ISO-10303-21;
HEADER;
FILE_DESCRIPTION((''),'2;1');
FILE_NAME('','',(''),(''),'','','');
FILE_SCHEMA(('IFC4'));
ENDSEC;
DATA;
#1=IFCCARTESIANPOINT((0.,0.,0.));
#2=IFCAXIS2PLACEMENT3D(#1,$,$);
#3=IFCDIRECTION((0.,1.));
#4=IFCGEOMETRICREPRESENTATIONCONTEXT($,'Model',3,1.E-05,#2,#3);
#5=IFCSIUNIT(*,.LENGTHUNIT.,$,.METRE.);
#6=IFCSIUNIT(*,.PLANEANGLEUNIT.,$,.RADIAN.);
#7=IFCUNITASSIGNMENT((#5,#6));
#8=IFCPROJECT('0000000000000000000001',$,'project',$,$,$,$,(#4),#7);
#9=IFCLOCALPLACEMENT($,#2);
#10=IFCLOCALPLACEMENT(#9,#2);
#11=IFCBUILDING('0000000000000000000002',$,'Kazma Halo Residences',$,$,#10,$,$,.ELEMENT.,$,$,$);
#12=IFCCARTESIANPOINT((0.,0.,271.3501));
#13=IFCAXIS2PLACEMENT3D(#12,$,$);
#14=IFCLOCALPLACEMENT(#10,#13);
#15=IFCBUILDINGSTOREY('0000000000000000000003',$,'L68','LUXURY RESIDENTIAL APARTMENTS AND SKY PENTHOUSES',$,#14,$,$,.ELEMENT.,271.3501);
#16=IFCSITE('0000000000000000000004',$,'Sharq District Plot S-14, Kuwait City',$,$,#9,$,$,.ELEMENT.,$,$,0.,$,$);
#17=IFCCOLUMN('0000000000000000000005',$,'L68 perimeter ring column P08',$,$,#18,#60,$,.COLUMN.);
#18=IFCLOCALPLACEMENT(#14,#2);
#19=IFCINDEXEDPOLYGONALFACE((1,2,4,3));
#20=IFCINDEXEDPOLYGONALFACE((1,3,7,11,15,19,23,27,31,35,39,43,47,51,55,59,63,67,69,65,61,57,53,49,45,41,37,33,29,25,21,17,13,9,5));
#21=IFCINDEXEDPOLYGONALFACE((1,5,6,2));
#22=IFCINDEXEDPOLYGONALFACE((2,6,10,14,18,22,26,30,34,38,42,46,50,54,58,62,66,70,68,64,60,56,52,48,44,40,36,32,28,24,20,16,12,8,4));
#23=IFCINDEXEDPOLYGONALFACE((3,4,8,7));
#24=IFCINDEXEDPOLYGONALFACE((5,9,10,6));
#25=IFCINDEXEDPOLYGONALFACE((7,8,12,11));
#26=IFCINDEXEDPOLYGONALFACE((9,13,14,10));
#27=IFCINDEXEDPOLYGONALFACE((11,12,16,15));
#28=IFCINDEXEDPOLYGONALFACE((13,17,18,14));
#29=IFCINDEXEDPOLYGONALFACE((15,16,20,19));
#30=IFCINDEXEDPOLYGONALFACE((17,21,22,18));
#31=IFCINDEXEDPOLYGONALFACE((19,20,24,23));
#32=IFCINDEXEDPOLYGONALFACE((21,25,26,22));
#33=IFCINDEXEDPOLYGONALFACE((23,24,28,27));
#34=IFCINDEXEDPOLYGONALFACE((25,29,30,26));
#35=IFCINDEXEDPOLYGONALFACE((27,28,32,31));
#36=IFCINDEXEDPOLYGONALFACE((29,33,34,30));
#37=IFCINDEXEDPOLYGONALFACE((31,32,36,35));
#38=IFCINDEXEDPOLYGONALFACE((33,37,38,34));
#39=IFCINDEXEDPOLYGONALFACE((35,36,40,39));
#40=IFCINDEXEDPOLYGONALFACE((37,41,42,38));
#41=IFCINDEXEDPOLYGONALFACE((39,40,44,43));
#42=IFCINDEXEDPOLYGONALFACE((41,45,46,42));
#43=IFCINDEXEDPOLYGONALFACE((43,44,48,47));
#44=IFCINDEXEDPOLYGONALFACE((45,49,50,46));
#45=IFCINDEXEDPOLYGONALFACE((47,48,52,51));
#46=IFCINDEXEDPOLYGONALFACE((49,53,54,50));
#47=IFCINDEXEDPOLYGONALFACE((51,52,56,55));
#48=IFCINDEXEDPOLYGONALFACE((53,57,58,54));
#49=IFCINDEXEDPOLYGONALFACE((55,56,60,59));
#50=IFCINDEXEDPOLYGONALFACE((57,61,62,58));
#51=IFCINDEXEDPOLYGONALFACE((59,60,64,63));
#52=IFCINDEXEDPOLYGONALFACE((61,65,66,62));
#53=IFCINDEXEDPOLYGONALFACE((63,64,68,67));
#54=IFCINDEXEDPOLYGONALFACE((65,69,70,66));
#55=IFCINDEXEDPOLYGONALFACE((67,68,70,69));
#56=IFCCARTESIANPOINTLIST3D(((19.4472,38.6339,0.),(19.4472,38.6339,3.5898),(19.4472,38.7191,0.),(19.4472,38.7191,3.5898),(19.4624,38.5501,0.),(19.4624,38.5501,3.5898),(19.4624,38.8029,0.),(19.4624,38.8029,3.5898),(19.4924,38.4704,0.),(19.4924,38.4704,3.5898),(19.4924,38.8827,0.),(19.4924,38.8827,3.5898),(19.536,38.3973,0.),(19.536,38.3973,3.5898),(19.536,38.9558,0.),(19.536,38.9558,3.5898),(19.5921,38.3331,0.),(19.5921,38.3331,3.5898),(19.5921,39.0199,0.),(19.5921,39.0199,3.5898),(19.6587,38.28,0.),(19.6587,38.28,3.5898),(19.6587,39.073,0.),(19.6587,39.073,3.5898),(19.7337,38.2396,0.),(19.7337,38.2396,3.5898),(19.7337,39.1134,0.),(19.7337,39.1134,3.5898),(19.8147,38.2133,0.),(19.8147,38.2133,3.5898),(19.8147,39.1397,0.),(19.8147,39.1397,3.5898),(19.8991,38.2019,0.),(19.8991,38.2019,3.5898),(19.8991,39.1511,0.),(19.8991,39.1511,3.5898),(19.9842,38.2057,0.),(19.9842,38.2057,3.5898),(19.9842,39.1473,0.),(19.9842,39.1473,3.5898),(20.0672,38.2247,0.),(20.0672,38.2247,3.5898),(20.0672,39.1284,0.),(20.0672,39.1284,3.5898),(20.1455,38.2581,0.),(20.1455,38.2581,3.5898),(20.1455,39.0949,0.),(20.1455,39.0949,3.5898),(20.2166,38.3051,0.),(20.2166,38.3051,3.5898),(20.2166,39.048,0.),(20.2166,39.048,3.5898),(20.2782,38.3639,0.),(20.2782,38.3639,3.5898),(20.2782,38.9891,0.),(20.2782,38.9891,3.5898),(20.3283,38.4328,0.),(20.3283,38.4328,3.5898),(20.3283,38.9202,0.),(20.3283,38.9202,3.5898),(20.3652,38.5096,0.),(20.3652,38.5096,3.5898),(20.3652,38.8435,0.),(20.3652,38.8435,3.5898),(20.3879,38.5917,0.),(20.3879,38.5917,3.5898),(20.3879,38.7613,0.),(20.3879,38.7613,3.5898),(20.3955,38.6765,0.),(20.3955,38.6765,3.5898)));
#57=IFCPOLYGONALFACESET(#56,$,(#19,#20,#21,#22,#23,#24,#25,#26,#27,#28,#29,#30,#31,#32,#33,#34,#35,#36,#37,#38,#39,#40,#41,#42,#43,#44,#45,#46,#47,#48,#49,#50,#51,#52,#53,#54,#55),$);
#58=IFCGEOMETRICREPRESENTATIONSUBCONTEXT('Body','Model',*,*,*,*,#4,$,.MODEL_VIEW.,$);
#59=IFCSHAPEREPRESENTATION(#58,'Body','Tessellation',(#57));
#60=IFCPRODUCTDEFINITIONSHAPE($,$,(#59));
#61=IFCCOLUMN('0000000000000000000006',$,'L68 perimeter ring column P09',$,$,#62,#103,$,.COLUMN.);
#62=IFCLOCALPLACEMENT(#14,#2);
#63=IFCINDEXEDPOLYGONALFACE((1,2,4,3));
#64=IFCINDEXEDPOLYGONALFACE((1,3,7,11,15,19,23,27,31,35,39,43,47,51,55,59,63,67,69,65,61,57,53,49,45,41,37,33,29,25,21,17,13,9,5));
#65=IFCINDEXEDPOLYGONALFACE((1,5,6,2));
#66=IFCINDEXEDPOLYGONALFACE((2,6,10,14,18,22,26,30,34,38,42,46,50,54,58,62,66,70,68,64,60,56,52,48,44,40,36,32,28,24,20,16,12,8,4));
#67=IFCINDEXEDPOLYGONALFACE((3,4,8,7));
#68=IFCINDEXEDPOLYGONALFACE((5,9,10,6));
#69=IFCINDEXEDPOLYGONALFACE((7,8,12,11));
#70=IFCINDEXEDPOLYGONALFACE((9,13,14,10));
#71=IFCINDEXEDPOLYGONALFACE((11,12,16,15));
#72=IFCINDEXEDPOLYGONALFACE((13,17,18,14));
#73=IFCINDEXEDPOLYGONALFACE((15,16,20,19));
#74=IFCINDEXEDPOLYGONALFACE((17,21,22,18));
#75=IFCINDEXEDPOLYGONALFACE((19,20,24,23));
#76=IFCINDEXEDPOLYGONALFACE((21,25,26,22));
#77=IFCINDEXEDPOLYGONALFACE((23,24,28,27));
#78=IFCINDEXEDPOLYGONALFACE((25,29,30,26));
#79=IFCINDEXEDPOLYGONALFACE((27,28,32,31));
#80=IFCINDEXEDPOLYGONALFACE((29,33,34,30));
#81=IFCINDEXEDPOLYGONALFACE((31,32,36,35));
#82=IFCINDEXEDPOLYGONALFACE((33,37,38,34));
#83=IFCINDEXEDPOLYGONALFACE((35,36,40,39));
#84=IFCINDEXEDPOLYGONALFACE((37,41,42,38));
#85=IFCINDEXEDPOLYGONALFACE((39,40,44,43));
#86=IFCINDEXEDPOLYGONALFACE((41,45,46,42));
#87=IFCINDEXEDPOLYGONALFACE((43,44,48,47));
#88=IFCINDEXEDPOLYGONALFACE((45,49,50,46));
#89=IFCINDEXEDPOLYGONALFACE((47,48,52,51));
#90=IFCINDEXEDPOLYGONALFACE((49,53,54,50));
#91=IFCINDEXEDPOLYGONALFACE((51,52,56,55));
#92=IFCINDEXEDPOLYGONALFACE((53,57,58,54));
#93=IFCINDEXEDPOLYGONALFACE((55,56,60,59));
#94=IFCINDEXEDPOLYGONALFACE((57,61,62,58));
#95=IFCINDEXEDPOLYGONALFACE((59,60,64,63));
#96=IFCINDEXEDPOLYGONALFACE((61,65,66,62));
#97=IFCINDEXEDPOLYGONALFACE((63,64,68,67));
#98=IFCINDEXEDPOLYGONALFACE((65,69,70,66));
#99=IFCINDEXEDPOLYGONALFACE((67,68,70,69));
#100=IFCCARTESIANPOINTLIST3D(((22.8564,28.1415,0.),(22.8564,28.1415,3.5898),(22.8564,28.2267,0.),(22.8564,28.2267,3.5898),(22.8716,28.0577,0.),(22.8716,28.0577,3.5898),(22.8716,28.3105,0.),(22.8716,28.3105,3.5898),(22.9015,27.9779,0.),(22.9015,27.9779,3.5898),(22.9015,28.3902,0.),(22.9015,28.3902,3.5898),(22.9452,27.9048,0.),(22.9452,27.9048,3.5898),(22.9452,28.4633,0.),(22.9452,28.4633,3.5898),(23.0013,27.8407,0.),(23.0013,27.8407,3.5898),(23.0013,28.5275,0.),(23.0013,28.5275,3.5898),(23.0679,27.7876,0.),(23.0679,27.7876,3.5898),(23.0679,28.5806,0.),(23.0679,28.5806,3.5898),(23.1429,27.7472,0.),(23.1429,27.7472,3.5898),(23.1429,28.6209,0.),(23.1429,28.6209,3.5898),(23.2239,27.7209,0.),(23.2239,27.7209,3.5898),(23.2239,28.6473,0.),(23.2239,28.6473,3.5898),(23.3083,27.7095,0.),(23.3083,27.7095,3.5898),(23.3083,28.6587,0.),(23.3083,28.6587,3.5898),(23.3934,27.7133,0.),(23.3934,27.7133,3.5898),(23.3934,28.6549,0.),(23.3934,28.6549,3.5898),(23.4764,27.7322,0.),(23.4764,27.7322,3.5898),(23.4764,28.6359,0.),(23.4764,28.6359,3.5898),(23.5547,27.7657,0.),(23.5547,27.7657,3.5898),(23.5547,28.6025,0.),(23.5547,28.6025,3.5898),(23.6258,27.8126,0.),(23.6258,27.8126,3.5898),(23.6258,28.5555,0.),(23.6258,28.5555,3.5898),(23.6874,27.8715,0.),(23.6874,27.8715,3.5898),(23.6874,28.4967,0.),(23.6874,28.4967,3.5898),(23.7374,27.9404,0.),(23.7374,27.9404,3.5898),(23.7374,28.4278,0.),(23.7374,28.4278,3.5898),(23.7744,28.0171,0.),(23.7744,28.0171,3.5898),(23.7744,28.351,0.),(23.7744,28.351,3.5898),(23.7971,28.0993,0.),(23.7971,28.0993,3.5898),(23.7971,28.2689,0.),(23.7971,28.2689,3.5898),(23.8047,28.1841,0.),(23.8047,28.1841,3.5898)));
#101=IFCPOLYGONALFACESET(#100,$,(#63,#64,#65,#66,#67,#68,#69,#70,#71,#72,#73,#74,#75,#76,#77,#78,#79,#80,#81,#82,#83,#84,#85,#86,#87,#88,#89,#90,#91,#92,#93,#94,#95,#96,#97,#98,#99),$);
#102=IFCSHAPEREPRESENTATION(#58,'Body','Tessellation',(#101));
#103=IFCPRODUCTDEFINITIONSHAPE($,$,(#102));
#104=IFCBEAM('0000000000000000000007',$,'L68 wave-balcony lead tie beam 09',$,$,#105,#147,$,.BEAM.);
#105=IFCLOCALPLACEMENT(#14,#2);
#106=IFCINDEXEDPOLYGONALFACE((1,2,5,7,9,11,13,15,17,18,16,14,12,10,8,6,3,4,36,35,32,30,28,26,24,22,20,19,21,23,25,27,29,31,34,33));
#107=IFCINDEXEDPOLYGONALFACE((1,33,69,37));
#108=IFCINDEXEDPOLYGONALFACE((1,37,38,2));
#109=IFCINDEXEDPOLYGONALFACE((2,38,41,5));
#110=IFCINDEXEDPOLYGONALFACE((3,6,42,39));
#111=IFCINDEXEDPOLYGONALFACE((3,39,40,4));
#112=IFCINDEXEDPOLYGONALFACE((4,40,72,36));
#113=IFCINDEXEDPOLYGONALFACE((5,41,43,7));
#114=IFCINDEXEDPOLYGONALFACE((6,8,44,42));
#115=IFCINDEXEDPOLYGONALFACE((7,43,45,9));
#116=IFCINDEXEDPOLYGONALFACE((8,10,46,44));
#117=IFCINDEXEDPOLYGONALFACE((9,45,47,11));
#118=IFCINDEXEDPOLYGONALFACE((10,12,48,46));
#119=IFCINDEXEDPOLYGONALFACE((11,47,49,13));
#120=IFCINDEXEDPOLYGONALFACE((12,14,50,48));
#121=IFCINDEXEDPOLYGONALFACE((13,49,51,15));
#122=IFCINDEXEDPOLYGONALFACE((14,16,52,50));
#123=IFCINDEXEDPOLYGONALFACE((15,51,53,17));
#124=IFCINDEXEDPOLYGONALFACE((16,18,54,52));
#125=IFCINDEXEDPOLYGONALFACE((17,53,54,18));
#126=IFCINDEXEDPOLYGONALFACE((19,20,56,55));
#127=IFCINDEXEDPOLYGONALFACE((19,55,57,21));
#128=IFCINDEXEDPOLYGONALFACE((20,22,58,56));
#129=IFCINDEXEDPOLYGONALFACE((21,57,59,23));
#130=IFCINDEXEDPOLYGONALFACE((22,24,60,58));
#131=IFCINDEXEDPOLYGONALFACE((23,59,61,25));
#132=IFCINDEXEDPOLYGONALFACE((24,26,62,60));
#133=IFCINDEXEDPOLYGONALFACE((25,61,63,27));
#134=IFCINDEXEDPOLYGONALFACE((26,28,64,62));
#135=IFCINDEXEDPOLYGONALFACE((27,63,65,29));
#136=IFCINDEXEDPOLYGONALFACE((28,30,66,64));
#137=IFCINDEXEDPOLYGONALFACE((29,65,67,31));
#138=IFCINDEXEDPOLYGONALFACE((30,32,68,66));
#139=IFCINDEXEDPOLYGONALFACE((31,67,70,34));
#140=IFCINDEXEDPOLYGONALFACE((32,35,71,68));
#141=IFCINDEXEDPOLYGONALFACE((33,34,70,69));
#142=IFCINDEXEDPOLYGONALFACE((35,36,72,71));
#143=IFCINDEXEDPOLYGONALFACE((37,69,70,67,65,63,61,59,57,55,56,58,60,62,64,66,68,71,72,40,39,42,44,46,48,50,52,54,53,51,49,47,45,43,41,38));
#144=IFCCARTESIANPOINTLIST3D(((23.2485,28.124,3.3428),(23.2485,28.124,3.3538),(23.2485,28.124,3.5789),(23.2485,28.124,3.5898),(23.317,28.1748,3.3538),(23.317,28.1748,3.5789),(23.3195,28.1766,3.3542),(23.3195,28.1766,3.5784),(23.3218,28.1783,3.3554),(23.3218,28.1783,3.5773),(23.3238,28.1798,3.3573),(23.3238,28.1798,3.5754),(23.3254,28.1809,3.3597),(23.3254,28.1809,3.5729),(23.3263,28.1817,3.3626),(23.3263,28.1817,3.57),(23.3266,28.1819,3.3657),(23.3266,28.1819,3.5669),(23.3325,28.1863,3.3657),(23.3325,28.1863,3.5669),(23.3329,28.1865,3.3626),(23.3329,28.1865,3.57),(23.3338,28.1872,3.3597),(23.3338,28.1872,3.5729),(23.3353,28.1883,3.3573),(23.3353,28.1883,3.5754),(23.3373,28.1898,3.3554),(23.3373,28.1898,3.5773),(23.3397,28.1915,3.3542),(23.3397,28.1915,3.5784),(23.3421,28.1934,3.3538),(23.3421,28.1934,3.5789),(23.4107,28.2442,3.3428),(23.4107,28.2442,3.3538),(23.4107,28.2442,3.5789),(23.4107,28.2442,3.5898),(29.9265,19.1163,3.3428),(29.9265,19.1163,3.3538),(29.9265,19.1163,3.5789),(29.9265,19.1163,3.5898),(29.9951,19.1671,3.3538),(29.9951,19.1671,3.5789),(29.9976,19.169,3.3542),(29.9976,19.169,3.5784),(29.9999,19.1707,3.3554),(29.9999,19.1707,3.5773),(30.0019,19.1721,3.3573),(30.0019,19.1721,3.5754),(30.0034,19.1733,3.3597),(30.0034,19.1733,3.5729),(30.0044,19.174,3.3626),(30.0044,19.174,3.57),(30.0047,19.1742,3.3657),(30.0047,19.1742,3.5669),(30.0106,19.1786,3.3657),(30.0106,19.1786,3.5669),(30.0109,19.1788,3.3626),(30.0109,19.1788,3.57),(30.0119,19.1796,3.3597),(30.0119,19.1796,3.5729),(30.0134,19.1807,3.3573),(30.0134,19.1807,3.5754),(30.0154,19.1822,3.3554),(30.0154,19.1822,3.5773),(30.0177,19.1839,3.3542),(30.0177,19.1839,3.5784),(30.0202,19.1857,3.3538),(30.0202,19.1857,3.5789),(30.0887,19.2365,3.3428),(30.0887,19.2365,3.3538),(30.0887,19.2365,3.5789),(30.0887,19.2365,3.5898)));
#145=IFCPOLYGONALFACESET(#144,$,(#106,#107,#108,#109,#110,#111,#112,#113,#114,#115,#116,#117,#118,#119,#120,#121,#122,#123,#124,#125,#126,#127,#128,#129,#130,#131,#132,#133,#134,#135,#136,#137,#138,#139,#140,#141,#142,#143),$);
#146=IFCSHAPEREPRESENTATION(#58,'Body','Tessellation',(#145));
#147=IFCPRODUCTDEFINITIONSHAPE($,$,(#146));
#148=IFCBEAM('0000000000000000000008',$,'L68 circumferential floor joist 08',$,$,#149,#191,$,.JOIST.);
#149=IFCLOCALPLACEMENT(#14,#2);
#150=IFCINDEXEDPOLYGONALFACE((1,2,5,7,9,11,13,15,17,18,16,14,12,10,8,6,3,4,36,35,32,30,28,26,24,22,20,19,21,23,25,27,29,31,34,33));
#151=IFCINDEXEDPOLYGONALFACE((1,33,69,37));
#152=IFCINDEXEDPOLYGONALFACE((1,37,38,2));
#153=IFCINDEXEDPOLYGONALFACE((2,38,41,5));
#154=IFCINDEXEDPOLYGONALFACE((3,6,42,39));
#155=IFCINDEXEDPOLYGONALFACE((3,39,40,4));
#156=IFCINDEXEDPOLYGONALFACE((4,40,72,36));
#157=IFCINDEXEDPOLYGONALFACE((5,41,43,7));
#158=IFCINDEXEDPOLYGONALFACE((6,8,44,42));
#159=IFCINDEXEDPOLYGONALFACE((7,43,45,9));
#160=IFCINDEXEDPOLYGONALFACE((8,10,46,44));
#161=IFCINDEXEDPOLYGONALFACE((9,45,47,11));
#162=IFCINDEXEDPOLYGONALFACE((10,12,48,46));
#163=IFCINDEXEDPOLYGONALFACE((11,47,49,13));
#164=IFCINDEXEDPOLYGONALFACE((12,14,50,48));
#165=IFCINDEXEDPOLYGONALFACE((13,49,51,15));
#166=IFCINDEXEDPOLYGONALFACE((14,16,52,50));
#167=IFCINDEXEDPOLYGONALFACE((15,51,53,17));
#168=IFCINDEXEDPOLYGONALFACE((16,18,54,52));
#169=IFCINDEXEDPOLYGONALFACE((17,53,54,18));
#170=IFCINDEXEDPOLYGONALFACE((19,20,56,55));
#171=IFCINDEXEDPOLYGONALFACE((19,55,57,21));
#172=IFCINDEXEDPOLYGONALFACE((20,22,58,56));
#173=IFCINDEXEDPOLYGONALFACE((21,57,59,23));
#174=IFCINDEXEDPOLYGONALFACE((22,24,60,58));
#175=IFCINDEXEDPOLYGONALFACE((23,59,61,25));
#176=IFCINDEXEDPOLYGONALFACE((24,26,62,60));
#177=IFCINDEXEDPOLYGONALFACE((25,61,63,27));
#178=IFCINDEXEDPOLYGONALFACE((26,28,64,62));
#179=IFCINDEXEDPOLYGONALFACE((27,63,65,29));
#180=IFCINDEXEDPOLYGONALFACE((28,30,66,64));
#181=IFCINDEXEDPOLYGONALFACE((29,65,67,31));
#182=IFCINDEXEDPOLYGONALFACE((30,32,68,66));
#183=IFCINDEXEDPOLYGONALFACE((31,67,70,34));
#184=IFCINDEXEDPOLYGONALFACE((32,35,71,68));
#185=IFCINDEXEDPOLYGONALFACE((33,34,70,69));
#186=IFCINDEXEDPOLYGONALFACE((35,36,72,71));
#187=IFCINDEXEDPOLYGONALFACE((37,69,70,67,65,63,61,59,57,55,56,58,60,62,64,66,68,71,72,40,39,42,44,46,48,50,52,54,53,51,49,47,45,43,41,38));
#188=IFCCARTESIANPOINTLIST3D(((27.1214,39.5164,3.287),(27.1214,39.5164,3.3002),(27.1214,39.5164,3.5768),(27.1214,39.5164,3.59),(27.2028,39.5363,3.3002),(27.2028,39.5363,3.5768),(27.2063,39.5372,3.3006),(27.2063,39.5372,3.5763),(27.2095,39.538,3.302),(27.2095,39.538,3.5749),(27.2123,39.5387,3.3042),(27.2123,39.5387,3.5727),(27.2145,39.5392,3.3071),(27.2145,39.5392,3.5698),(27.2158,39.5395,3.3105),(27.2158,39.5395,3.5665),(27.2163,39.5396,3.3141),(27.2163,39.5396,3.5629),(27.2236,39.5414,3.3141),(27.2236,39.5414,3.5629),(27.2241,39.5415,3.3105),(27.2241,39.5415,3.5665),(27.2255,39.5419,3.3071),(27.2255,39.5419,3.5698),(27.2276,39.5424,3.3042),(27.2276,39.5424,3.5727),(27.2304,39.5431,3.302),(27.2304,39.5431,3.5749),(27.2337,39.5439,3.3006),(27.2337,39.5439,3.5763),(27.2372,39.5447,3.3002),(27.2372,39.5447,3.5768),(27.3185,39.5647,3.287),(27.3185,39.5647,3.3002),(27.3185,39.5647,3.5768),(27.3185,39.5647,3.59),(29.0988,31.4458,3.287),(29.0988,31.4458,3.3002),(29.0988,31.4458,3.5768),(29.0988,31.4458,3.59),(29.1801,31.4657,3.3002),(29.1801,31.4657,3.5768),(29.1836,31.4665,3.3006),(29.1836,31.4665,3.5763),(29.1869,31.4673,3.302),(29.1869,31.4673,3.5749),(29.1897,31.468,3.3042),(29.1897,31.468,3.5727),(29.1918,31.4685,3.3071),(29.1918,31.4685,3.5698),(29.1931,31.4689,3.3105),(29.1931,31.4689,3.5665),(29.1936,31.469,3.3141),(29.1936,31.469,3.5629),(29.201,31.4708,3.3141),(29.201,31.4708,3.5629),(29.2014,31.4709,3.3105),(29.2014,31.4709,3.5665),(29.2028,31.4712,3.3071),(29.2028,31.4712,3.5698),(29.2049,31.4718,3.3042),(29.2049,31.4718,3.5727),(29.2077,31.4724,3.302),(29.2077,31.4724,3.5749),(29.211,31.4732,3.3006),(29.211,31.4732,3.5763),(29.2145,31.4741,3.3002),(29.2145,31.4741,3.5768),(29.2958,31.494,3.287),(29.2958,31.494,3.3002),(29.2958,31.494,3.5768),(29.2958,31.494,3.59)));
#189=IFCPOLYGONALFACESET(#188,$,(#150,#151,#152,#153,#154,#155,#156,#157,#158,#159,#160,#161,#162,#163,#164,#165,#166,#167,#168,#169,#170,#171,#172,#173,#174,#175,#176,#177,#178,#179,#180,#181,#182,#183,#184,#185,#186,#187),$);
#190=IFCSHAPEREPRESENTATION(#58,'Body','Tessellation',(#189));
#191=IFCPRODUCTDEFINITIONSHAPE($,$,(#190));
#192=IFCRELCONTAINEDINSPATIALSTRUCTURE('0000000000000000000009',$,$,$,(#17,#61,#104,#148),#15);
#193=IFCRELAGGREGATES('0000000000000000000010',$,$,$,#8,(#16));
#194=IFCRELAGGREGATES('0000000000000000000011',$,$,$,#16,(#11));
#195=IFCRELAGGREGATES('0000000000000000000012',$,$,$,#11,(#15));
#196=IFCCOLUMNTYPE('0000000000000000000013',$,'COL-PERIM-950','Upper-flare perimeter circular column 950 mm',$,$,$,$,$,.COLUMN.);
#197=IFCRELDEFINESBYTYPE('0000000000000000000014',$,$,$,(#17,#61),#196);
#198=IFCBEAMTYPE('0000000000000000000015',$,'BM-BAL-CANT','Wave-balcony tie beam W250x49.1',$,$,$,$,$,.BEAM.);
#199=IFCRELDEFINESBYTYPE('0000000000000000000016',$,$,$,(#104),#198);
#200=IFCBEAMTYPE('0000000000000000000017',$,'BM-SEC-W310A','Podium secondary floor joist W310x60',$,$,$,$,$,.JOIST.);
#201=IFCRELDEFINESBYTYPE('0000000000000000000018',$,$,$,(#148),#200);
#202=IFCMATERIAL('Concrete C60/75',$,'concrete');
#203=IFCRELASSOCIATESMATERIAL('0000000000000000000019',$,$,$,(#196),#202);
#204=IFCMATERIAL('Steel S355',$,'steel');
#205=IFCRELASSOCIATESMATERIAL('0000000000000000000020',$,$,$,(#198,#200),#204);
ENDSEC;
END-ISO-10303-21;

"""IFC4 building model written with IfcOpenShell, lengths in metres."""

from ifc_helpers import new_model, si_unit, direction, frame, origin, origin_2d, place, context, subcontext, project, spatial, circle, i_section, extrude, material, material_profile, profile_set, type_object, element, save


model = new_model("IFC4")

# Units and contexts
model_context = context("Model", 3, precision=1e-05, world=origin(), true_north=direction((0.0, 1.0)))
body_context = subcontext(model_context, "Body", "Model", "MODEL_VIEW")
ifc_project = project(units=[si_unit("LENGTHUNIT", "METRE"), si_unit("PLANEANGLEUNIT", "RADIAN")], contexts=[model_context])

# Site, building, storey
site_placement = place(None, origin())
site = spatial("IfcSite", under=ifc_project, at=site_placement, Name="Sharq District Plot S-14, Kuwait City", CompositionType="ELEMENT", RefElevation=0.0)
building_placement = place(site_placement, origin())
building = spatial("IfcBuilding", under=site, at=building_placement, Name="Kazma Halo Residences", CompositionType="ELEMENT")
storey_placement = place(building_placement, frame((0.0, 0.0, 271.3501)))
storey = spatial("IfcBuildingStorey", under=building, at=storey_placement, Name="L68", Description="LUXURY RESIDENTIAL APARTMENTS AND SKY PENTHOUSES", CompositionType="ELEMENT", Elevation=271.3501)

# Columns
ifc_material_1 = material(Name="Concrete C60/75", Category="concrete")
ifc_material_profile_1 = material_profile(ifc_material_1, circle(Radius=0.4751, at=origin_2d()), Name="CIRC950")
ifc_profile_set_1 = profile_set([ifc_material_profile_1], Name="Concrete C60/75")
column_type = type_object("IfcColumnType", Name="COL-PERIM-950", Description="Upper-flare perimeter circular column 950 mm", PredefinedType="COLUMN", material=ifc_profile_set_1)
for number, where, z_axis, x_axis, name in (
    (1, (19.9204, 38.6765, 0.0), (0.0, 0.0, 1.0), (1.0, 0.0, 0.0), "L68 perimeter ring column P08"),
    (2, (23.3296, 28.1841, 0.0), (0.0, 0.0, 1.0), (1.0, 0.0, 0.0), "L68 perimeter ring column P09"),
):
    element("IfcColumn", number, at=place(storey_placement, frame(where, z_axis=z_axis, x_axis=x_axis)), inside=storey, type_object=column_type, Name=name, PredefinedType="COLUMN", context=body_context, shape_type="SweptSolid", body=[
        extrude(circle(Radius=0.4751, at=origin_2d()), origin(), (0.0, 0.0, 1.0), 3.5898),
    ])

# Beams
ifc_material_2 = material(Name="Steel S355", Category="steel")
ifc_material_profile_2 = material_profile(ifc_material_2, i_section(OverallWidth=0.2019, OverallDepth=0.2471, WebThickness=0.0073, FlangeThickness=0.011, FilletRadius=0.012, at=origin_2d()), Name="W250x49.1")
ifc_profile_set_2 = profile_set([ifc_material_profile_2], Name="Steel S355")
beam_type_1 = type_object("IfcBeamType", Name="BM-BAL-CANT", Description="Wave-balcony tie beam W250x49.1", PredefinedType="BEAM", material=ifc_profile_set_2)
beam_1_placement = place(storey_placement, frame((23.3296, 28.1841, 3.4663), z_axis=(0.595556, -0.803314, 0.0), x_axis=(0.803314, 0.595556, 0.0)))
element("IfcBeam", 3, at=beam_1_placement, inside=storey, type_object=beam_type_1, Name="L68 wave-balcony lead tie beam 09", PredefinedType="BEAM", context=body_context, shape_type="SweptSolid", body=[
    extrude(i_section(OverallWidth=0.2019, OverallDepth=0.2471, WebThickness=0.0073, FlangeThickness=0.011, FilletRadius=0.012, at=origin_2d()), origin(), (0.0, 0.0, 1.0), 11.2131),
])
ifc_material_profile_3 = material_profile(ifc_material_2, i_section(OverallWidth=0.2029, OverallDepth=0.303, WebThickness=0.0076, FlangeThickness=0.0132, FilletRadius=0.0139, at=origin_2d()), Name="W310x60")
ifc_profile_set_3 = profile_set([ifc_material_profile_3], Name="Steel S355")
beam_type_2 = type_object("IfcBeamType", Name="BM-SEC-W310A", Description="Podium secondary floor joist W310x60", PredefinedType="JOIST", material=ifc_profile_set_3)
beam_2_placement = place(storey_placement, frame((27.22, 39.5405, 3.4385), z_axis=(0.237963, -0.971274, 0.0), x_axis=(0.971274, 0.237963, 0.0)))
element("IfcBeam", 4, at=beam_2_placement, inside=storey, type_object=beam_type_2, Name="L68 circumferential floor joist 08", PredefinedType="JOIST", context=body_context, shape_type="SweptSolid", body=[
    extrude(i_section(OverallWidth=0.2029, OverallDepth=0.303, WebThickness=0.0076, FlangeThickness=0.0132, FilletRadius=0.0139, at=origin_2d()), origin(), (0.0, 0.0, 1.0), 8.3093),
])

save(model, "model.ifc")
